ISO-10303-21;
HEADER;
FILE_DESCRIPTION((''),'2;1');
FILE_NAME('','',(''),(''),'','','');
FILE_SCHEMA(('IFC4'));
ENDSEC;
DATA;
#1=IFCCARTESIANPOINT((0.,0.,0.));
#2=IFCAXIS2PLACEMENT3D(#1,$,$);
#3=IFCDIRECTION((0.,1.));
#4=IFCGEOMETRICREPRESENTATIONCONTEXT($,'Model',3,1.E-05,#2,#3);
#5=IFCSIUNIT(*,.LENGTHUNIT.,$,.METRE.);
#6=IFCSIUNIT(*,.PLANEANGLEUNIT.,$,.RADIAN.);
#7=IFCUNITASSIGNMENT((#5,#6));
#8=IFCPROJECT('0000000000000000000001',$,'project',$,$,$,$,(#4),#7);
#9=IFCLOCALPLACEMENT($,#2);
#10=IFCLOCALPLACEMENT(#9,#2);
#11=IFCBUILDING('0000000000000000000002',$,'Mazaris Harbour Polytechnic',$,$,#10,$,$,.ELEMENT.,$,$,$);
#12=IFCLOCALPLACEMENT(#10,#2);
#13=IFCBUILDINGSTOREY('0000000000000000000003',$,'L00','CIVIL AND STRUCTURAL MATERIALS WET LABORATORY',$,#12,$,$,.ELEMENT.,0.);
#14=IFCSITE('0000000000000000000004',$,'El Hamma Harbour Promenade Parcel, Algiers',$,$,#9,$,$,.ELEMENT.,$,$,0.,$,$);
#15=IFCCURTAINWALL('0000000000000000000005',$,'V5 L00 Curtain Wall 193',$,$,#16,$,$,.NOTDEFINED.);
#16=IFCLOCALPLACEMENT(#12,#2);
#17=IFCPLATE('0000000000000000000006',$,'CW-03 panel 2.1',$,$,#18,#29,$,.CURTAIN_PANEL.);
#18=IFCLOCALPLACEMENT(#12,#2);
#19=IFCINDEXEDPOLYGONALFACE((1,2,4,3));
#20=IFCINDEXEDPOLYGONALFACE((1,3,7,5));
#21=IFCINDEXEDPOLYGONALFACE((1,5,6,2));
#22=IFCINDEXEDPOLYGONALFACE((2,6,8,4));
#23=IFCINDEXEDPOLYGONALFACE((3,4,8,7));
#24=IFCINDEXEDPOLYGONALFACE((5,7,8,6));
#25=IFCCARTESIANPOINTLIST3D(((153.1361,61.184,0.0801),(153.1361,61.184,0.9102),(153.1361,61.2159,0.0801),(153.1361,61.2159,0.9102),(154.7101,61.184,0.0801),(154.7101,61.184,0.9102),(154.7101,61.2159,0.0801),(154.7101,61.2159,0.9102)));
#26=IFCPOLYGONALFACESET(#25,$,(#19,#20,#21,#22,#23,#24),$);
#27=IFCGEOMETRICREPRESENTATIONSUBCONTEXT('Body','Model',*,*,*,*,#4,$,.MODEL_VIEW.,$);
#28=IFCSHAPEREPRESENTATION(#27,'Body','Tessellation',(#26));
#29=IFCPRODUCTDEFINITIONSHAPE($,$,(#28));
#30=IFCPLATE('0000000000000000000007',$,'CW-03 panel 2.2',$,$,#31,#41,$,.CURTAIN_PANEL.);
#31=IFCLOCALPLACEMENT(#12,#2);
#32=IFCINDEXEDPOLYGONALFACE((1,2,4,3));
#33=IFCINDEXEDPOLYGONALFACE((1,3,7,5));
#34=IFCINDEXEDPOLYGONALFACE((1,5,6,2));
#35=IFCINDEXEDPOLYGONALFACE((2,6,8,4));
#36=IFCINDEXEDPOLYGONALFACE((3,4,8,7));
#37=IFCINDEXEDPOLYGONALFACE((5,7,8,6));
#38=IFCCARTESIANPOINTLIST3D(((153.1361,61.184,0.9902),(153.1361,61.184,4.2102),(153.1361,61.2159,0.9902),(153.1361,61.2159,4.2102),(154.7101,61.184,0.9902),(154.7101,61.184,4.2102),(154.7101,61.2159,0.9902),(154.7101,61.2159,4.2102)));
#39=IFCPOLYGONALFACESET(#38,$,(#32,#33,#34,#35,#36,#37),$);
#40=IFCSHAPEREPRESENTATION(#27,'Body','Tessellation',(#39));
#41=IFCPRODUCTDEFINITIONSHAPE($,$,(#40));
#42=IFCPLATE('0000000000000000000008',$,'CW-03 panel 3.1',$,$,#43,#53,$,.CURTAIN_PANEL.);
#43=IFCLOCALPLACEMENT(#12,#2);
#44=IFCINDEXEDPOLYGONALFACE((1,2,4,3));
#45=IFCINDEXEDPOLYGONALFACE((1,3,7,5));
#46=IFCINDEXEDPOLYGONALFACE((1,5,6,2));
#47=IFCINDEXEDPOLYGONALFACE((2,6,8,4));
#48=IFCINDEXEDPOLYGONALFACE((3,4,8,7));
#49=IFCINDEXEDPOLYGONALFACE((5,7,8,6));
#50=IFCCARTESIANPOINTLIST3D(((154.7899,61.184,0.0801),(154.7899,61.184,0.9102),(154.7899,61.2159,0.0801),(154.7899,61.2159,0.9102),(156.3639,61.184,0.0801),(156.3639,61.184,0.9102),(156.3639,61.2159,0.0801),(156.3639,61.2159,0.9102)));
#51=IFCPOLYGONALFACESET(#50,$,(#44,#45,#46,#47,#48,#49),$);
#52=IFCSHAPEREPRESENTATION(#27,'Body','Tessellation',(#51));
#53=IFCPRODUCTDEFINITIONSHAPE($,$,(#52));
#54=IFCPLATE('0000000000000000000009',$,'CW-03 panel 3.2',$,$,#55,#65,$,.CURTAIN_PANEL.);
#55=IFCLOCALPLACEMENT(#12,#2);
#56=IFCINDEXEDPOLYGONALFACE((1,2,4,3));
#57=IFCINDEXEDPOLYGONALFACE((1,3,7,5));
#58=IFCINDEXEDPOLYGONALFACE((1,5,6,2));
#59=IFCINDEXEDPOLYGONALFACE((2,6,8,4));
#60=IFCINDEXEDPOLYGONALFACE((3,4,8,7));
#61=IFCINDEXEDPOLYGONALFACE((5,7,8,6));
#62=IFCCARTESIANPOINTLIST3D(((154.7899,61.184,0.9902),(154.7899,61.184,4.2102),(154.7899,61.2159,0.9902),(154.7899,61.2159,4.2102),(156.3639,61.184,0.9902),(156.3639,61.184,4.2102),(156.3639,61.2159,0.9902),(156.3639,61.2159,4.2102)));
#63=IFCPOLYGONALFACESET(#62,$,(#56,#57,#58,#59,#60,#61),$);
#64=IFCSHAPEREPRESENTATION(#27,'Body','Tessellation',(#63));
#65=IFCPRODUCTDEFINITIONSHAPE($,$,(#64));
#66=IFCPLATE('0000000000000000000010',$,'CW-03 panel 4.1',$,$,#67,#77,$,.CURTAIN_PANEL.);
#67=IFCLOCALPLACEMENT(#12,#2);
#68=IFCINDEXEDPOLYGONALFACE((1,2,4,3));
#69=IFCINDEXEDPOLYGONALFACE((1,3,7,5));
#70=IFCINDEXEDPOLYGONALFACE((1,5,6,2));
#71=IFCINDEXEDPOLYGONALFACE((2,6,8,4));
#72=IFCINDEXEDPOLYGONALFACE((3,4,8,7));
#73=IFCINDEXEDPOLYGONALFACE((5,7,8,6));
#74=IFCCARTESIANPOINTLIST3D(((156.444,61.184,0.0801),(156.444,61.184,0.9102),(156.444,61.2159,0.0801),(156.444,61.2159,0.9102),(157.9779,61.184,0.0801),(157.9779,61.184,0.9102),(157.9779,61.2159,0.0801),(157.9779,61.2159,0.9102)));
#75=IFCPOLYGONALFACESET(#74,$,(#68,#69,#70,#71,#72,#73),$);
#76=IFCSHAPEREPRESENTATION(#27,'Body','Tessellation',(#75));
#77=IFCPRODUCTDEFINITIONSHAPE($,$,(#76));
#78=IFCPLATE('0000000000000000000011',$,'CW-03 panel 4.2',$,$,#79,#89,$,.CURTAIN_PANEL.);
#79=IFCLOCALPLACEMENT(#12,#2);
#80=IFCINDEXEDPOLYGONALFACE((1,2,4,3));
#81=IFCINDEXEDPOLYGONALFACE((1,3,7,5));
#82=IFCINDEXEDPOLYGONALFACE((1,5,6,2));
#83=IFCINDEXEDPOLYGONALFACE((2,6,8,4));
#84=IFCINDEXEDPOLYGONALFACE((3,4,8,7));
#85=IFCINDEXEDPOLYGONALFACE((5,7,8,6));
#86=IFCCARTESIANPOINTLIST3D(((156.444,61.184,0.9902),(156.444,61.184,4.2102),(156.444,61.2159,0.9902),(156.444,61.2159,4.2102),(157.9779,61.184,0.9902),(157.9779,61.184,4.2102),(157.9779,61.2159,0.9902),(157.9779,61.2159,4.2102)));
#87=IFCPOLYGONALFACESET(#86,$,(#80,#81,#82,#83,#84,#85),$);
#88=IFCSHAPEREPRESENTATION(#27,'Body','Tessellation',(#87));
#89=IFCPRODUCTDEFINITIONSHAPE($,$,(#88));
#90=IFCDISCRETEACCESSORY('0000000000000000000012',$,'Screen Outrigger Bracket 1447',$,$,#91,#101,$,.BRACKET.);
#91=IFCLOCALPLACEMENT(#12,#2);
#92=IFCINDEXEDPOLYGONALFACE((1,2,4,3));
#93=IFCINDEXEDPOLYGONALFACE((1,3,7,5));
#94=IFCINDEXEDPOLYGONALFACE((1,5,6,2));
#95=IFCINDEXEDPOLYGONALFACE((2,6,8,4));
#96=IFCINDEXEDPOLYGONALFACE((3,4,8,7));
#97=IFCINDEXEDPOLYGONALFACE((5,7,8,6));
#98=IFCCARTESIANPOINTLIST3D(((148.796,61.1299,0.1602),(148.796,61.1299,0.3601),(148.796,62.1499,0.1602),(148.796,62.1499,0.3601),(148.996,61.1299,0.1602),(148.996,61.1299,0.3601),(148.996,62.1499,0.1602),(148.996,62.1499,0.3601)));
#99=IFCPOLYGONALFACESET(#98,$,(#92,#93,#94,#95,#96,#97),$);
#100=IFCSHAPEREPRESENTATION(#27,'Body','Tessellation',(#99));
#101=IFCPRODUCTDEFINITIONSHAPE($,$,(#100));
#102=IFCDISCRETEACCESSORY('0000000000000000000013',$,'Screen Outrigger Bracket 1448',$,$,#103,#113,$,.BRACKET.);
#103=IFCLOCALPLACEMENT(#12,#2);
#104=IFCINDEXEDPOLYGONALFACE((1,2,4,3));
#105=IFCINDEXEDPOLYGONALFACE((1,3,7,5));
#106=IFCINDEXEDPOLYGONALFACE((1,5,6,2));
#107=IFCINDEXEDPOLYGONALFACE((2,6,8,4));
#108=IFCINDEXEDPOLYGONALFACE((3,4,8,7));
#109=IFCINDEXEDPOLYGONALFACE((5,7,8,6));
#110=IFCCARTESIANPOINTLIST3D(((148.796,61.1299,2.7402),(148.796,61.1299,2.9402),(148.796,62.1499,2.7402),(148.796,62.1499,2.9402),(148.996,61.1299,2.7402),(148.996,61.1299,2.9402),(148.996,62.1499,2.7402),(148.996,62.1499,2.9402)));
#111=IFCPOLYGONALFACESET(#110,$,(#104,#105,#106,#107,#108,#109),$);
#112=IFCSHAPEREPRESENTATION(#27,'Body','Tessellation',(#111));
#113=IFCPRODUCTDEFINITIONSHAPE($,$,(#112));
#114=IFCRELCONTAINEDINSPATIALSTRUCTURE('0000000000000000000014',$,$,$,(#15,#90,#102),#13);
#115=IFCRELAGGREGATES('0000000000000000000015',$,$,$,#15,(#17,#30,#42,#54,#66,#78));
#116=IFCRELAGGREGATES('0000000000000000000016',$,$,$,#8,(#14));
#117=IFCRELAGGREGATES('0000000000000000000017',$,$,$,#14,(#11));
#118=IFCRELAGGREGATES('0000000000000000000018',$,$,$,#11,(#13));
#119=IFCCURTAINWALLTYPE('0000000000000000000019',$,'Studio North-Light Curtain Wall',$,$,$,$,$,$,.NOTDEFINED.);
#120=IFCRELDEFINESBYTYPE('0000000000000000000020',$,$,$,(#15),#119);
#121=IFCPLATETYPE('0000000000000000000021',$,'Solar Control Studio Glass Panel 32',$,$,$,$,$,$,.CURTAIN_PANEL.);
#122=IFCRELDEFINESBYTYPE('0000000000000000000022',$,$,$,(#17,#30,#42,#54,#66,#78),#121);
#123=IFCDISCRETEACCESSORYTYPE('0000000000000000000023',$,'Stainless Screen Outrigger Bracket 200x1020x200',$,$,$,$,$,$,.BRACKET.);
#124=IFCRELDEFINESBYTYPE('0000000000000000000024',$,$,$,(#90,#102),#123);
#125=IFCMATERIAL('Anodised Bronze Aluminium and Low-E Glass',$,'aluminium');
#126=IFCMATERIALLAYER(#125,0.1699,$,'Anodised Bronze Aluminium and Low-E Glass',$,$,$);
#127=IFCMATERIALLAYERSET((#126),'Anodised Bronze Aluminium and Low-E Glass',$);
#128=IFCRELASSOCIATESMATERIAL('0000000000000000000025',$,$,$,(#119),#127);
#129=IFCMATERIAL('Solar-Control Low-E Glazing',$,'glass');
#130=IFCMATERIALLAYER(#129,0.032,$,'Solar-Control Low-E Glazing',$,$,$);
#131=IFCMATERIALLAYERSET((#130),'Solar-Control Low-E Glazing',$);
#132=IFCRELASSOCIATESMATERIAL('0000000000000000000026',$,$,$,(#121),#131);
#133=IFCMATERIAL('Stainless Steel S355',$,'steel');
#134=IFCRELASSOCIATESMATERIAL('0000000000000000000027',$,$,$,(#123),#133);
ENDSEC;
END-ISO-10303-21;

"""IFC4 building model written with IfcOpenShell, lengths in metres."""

from ifc_helpers import new_model, si_unit, direction, frame, origin, origin_2d, place, context, subcontext, project, spatial, rectangle, extrude, material, layer, layer_set, type_object, element, aggregate, save


model = new_model("IFC4")

# Units and contexts
model_context = context("Model", 3, precision=1e-05, world=origin(), true_north=direction((0.0, 1.0)))
body_context = subcontext(model_context, "Body", "Model", "MODEL_VIEW")
ifc_project = project(units=[si_unit("LENGTHUNIT", "METRE"), si_unit("PLANEANGLEUNIT", "RADIAN")], contexts=[model_context])

# Site, building, storey
site_placement = place(None, origin())
site = spatial("IfcSite", under=ifc_project, at=site_placement, Name="El Hamma Harbour Promenade Parcel, Algiers", CompositionType="ELEMENT", RefElevation=0.0)
building_placement = place(site_placement, origin())
building = spatial("IfcBuilding", under=site, at=building_placement, Name="Mazaris Harbour Polytechnic", CompositionType="ELEMENT")
storey_placement = place(building_placement, origin())
storey = spatial("IfcBuildingStorey", under=building, at=storey_placement, Name="L00", Description="CIVIL AND STRUCTURAL MATERIALS WET LABORATORY", CompositionType="ELEMENT", Elevation=0.0)

# Shared definitions
ifc_material_1 = material(Name="Anodised Bronze Aluminium and Low-E Glass", Category="aluminium")
ifc_layer_1 = layer(ifc_material_1, 0.1699, Name="Anodised Bronze Aluminium and Low-E Glass")
ifc_layer_set_1 = layer_set([ifc_layer_1], Name="Anodised Bronze Aluminium and Low-E Glass")
curtain_wall_type = type_object("IfcCurtainWallType", Name="Studio North-Light Curtain Wall", PredefinedType="NOTDEFINED", material=ifc_layer_set_1)

# Curtain wall
curtain_wall_1_placement = place(storey_placement, origin())
curtain_wall_1 = element("IfcCurtainWall", 1, at=curtain_wall_1_placement, inside=storey, type_object=curtain_wall_type, Name="V5 L00 Curtain Wall 193", PredefinedType="NOTDEFINED")

# Plates
ifc_material_2 = material(Name="Solar-Control Low-E Glazing", Category="glass")
ifc_layer_2 = layer(ifc_material_2, 0.032, Name="Solar-Control Low-E Glazing")
ifc_layer_set_2 = layer_set([ifc_layer_2], Name="Solar-Control Low-E Glazing")
plate_type = type_object("IfcPlateType", Name="Solar Control Studio Glass Panel 32", PredefinedType="CURTAIN_PANEL", material=ifc_layer_set_2)
plate_1_placement = place(storey_placement, frame((153.9231, 61.2, 0.0801), z_axis=(0.0, 0.0, 1.0), x_axis=(1.0, 0.0, 0.0)))
plate_1 = element("IfcPlate", 2, at=plate_1_placement, type_object=plate_type, Name="CW-03 panel 2.1", PredefinedType="CURTAIN_PANEL", context=body_context, shape_type="SweptSolid", body=[
    extrude(rectangle(XDim=1.574, YDim=0.032, at=origin_2d()), origin(), (0.0, 0.0, 1.0), 0.8301),
])
plate_2_placement = place(storey_placement, frame((153.9231, 61.2, 0.9902), z_axis=(0.0, 0.0, 1.0), x_axis=(1.0, 0.0, 0.0)))
plate_2 = element("IfcPlate", 3, at=plate_2_placement, type_object=plate_type, Name="CW-03 panel 2.2", PredefinedType="CURTAIN_PANEL", context=body_context, shape_type="SweptSolid", body=[
    extrude(rectangle(XDim=1.574, YDim=0.032, at=origin_2d()), origin(), (0.0, 0.0, 1.0), 3.22),
])
plate_3_placement = place(storey_placement, frame((155.5769, 61.2, 0.0801), z_axis=(0.0, 0.0, 1.0), x_axis=(1.0, 0.0, 0.0)))
plate_3 = element("IfcPlate", 4, at=plate_3_placement, type_object=plate_type, Name="CW-03 panel 3.1", PredefinedType="CURTAIN_PANEL", context=body_context, shape_type="SweptSolid", body=[
    extrude(rectangle(XDim=1.574, YDim=0.032, at=origin_2d()), origin(), (0.0, 0.0, 1.0), 0.8301),
])
plate_4_placement = place(storey_placement, frame((155.5769, 61.2, 0.9902), z_axis=(0.0, 0.0, 1.0), x_axis=(1.0, 0.0, 0.0)))
plate_4 = element("IfcPlate", 5, at=plate_4_placement, type_object=plate_type, Name="CW-03 panel 3.2", PredefinedType="CURTAIN_PANEL", context=body_context, shape_type="SweptSolid", body=[
    extrude(rectangle(XDim=1.574, YDim=0.032, at=origin_2d()), origin(), (0.0, 0.0, 1.0), 3.22),
])
plate_5_placement = place(storey_placement, frame((157.2109, 61.2, 0.0801), z_axis=(0.0, 0.0, 1.0), x_axis=(1.0, 0.0, 0.0)))
plate_5 = element("IfcPlate", 6, at=plate_5_placement, type_object=plate_type, Name="CW-03 panel 4.1", PredefinedType="CURTAIN_PANEL", context=body_context, shape_type="SweptSolid", body=[
    extrude(rectangle(XDim=1.5339, YDim=0.032, at=origin_2d()), origin(), (0.0, 0.0, 1.0), 0.8301),
])
plate_6_placement = place(storey_placement, frame((157.2109, 61.2, 0.9902), z_axis=(0.0, 0.0, 1.0), x_axis=(1.0, 0.0, 0.0)))
plate_6 = element("IfcPlate", 7, at=plate_6_placement, type_object=plate_type, Name="CW-03 panel 4.2", PredefinedType="CURTAIN_PANEL", context=body_context, shape_type="SweptSolid", body=[
    extrude(rectangle(XDim=1.5339, YDim=0.032, at=origin_2d()), origin(), (0.0, 0.0, 1.0), 3.22),
])
aggregate(curtain_wall_1, [plate_1, plate_2, plate_3, plate_4, plate_5, plate_6])

# Discrete accessories
ifc_material_3 = material(Name="Stainless Steel S355", Category="steel")
discrete_accessory_type = type_object("IfcDiscreteAccessoryType", Name="Stainless Screen Outrigger Bracket 200x1020x200", PredefinedType="BRACKET", material=ifc_material_3)
for number, where, z_axis, x_axis, name in (
    (8, (148.896, 61.6399, 0.1602), (0.0, 0.0, 1.0), (1.0, 0.0, 0.0), "Screen Outrigger Bracket 1447"),
    (9, (148.896, 61.6399, 2.7402), (0.0, 0.0, 1.0), (1.0, 0.0, 0.0), "Screen Outrigger Bracket 1448"),
):
    element("IfcDiscreteAccessory", number, at=place(storey_placement, frame(where, z_axis=z_axis, x_axis=x_axis)), inside=storey, type_object=discrete_accessory_type, Name=name, PredefinedType="BRACKET", context=body_context, shape_type="SweptSolid", body=[
        extrude(rectangle(XDim=0.2, YDim=1.02, at=origin_2d()), origin(), (0.0, 0.0, 1.0), 0.2),
    ])

save(model, "model.ifc")
